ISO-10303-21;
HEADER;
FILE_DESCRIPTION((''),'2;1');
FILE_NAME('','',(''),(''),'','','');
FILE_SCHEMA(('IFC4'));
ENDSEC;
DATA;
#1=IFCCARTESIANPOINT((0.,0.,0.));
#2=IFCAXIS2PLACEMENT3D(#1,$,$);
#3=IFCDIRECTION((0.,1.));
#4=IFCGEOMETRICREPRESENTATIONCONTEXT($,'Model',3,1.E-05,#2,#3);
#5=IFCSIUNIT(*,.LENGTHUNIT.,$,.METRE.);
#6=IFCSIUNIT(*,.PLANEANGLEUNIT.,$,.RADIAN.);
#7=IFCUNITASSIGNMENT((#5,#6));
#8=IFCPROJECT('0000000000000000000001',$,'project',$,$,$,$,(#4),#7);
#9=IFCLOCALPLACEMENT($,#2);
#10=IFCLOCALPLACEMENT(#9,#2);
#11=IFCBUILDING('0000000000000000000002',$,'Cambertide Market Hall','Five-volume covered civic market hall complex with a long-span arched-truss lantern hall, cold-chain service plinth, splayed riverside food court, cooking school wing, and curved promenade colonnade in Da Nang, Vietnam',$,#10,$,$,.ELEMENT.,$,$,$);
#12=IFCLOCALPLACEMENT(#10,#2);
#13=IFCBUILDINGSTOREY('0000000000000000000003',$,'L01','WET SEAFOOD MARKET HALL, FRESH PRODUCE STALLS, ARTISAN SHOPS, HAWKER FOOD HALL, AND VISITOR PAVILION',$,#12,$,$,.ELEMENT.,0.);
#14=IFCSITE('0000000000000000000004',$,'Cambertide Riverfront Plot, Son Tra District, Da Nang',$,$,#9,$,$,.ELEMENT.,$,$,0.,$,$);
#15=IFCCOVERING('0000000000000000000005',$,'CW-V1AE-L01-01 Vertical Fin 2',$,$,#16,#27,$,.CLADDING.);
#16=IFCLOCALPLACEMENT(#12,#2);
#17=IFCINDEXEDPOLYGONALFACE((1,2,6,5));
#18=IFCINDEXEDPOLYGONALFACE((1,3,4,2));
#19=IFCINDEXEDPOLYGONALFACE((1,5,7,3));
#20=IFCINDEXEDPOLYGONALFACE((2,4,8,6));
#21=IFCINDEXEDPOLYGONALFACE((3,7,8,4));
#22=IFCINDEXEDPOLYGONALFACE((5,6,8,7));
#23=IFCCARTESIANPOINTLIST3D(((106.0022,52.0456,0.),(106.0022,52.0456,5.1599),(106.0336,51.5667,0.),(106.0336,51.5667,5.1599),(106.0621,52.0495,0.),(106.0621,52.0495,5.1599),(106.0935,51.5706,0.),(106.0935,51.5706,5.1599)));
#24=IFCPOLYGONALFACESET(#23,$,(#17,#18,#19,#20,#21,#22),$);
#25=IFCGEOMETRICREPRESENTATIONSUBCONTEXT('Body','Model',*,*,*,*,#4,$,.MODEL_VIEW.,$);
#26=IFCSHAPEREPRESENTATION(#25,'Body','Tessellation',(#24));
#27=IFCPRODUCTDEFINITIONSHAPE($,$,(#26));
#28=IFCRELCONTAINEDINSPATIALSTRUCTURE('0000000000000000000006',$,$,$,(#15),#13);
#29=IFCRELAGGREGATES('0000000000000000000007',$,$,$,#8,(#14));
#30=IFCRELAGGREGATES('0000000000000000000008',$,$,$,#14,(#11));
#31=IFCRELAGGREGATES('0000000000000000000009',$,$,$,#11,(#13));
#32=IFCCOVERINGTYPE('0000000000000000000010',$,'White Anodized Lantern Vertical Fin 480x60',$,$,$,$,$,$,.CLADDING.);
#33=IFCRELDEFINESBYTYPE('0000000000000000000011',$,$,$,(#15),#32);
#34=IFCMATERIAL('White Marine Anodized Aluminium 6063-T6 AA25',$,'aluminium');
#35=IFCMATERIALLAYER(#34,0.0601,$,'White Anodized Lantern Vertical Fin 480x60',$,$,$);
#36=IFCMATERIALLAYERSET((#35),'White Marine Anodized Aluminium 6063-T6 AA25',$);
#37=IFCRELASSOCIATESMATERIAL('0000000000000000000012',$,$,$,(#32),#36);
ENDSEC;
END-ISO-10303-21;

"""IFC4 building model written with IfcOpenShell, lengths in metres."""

from ifc_helpers import new_model, si_unit, direction, frame, origin, origin_2d, place, context, subcontext, project, spatial, rectangle, extrude, material, layer, layer_set, type_object, element, save


model = new_model("IFC4")

# Units and contexts
model_context = context("Model", 3, precision=1e-05, world=origin(), true_north=direction((0.0, 1.0)))
body_context = subcontext(model_context, "Body", "Model", "MODEL_VIEW")
ifc_project = project(units=[si_unit("LENGTHUNIT", "METRE"), si_unit("PLANEANGLEUNIT", "RADIAN")], contexts=[model_context])

# Site, building, storey
site_placement = place(None, origin())
site = spatial("IfcSite", under=ifc_project, at=site_placement, Name="Cambertide Riverfront Plot, Son Tra District, Da Nang", CompositionType="ELEMENT", RefElevation=0.0)
building_placement = place(site_placement, origin())
building = spatial("IfcBuilding", under=site, at=building_placement, Name="Cambertide Market Hall", Description="Five-volume covered civic market hall complex with a long-span arched-truss lantern hall, cold-chain service plinth, splayed riverside food court, cooking school wing, and curved promenade colonnade in Da Nang, Vietnam", CompositionType="ELEMENT")
storey_placement = place(building_placement, origin())
storey = spatial("IfcBuildingStorey", under=building, at=storey_placement, Name="L01", Description="WET SEAFOOD MARKET HALL, FRESH PRODUCE STALLS, ARTISAN SHOPS, HAWKER FOOD HALL, AND VISITOR PAVILION", CompositionType="ELEMENT", Elevation=0.0)

# Covering
ifc_material_1 = material(Name="White Marine Anodized Aluminium 6063-T6 AA25", Category="aluminium")
ifc_layer_1 = layer(ifc_material_1, 0.0601, Name="White Anodized Lantern Vertical Fin 480x60")
ifc_layer_set_1 = layer_set([ifc_layer_1], Name="White Marine Anodized Aluminium 6063-T6 AA25")
covering_type = type_object("IfcCoveringType", Name="White Anodized Lantern Vertical Fin 480x60", PredefinedType="CLADDING", material=ifc_layer_set_1)
for number, where, z_axis, x_axis, name in (
    (1, (106.0479, 51.8081, 0.0), (0.0, 0.0, 1.0), (-0.997859, -0.065403, 0.0), "CW-V1AE-L01-01 Vertical Fin 2"),
):
    element("IfcCovering", number, at=place(storey_placement, frame(where, z_axis=z_axis, x_axis=x_axis)), inside=storey, type_object=covering_type, Name=name, PredefinedType="CLADDING", context=body_context, shape_type="SweptSolid", body=[
        extrude(rectangle(XDim=0.0601, YDim=0.48, at=origin_2d()), origin(), (0.0, 0.0, 1.0), 5.1599),
    ])

save(model, "model.ifc")
